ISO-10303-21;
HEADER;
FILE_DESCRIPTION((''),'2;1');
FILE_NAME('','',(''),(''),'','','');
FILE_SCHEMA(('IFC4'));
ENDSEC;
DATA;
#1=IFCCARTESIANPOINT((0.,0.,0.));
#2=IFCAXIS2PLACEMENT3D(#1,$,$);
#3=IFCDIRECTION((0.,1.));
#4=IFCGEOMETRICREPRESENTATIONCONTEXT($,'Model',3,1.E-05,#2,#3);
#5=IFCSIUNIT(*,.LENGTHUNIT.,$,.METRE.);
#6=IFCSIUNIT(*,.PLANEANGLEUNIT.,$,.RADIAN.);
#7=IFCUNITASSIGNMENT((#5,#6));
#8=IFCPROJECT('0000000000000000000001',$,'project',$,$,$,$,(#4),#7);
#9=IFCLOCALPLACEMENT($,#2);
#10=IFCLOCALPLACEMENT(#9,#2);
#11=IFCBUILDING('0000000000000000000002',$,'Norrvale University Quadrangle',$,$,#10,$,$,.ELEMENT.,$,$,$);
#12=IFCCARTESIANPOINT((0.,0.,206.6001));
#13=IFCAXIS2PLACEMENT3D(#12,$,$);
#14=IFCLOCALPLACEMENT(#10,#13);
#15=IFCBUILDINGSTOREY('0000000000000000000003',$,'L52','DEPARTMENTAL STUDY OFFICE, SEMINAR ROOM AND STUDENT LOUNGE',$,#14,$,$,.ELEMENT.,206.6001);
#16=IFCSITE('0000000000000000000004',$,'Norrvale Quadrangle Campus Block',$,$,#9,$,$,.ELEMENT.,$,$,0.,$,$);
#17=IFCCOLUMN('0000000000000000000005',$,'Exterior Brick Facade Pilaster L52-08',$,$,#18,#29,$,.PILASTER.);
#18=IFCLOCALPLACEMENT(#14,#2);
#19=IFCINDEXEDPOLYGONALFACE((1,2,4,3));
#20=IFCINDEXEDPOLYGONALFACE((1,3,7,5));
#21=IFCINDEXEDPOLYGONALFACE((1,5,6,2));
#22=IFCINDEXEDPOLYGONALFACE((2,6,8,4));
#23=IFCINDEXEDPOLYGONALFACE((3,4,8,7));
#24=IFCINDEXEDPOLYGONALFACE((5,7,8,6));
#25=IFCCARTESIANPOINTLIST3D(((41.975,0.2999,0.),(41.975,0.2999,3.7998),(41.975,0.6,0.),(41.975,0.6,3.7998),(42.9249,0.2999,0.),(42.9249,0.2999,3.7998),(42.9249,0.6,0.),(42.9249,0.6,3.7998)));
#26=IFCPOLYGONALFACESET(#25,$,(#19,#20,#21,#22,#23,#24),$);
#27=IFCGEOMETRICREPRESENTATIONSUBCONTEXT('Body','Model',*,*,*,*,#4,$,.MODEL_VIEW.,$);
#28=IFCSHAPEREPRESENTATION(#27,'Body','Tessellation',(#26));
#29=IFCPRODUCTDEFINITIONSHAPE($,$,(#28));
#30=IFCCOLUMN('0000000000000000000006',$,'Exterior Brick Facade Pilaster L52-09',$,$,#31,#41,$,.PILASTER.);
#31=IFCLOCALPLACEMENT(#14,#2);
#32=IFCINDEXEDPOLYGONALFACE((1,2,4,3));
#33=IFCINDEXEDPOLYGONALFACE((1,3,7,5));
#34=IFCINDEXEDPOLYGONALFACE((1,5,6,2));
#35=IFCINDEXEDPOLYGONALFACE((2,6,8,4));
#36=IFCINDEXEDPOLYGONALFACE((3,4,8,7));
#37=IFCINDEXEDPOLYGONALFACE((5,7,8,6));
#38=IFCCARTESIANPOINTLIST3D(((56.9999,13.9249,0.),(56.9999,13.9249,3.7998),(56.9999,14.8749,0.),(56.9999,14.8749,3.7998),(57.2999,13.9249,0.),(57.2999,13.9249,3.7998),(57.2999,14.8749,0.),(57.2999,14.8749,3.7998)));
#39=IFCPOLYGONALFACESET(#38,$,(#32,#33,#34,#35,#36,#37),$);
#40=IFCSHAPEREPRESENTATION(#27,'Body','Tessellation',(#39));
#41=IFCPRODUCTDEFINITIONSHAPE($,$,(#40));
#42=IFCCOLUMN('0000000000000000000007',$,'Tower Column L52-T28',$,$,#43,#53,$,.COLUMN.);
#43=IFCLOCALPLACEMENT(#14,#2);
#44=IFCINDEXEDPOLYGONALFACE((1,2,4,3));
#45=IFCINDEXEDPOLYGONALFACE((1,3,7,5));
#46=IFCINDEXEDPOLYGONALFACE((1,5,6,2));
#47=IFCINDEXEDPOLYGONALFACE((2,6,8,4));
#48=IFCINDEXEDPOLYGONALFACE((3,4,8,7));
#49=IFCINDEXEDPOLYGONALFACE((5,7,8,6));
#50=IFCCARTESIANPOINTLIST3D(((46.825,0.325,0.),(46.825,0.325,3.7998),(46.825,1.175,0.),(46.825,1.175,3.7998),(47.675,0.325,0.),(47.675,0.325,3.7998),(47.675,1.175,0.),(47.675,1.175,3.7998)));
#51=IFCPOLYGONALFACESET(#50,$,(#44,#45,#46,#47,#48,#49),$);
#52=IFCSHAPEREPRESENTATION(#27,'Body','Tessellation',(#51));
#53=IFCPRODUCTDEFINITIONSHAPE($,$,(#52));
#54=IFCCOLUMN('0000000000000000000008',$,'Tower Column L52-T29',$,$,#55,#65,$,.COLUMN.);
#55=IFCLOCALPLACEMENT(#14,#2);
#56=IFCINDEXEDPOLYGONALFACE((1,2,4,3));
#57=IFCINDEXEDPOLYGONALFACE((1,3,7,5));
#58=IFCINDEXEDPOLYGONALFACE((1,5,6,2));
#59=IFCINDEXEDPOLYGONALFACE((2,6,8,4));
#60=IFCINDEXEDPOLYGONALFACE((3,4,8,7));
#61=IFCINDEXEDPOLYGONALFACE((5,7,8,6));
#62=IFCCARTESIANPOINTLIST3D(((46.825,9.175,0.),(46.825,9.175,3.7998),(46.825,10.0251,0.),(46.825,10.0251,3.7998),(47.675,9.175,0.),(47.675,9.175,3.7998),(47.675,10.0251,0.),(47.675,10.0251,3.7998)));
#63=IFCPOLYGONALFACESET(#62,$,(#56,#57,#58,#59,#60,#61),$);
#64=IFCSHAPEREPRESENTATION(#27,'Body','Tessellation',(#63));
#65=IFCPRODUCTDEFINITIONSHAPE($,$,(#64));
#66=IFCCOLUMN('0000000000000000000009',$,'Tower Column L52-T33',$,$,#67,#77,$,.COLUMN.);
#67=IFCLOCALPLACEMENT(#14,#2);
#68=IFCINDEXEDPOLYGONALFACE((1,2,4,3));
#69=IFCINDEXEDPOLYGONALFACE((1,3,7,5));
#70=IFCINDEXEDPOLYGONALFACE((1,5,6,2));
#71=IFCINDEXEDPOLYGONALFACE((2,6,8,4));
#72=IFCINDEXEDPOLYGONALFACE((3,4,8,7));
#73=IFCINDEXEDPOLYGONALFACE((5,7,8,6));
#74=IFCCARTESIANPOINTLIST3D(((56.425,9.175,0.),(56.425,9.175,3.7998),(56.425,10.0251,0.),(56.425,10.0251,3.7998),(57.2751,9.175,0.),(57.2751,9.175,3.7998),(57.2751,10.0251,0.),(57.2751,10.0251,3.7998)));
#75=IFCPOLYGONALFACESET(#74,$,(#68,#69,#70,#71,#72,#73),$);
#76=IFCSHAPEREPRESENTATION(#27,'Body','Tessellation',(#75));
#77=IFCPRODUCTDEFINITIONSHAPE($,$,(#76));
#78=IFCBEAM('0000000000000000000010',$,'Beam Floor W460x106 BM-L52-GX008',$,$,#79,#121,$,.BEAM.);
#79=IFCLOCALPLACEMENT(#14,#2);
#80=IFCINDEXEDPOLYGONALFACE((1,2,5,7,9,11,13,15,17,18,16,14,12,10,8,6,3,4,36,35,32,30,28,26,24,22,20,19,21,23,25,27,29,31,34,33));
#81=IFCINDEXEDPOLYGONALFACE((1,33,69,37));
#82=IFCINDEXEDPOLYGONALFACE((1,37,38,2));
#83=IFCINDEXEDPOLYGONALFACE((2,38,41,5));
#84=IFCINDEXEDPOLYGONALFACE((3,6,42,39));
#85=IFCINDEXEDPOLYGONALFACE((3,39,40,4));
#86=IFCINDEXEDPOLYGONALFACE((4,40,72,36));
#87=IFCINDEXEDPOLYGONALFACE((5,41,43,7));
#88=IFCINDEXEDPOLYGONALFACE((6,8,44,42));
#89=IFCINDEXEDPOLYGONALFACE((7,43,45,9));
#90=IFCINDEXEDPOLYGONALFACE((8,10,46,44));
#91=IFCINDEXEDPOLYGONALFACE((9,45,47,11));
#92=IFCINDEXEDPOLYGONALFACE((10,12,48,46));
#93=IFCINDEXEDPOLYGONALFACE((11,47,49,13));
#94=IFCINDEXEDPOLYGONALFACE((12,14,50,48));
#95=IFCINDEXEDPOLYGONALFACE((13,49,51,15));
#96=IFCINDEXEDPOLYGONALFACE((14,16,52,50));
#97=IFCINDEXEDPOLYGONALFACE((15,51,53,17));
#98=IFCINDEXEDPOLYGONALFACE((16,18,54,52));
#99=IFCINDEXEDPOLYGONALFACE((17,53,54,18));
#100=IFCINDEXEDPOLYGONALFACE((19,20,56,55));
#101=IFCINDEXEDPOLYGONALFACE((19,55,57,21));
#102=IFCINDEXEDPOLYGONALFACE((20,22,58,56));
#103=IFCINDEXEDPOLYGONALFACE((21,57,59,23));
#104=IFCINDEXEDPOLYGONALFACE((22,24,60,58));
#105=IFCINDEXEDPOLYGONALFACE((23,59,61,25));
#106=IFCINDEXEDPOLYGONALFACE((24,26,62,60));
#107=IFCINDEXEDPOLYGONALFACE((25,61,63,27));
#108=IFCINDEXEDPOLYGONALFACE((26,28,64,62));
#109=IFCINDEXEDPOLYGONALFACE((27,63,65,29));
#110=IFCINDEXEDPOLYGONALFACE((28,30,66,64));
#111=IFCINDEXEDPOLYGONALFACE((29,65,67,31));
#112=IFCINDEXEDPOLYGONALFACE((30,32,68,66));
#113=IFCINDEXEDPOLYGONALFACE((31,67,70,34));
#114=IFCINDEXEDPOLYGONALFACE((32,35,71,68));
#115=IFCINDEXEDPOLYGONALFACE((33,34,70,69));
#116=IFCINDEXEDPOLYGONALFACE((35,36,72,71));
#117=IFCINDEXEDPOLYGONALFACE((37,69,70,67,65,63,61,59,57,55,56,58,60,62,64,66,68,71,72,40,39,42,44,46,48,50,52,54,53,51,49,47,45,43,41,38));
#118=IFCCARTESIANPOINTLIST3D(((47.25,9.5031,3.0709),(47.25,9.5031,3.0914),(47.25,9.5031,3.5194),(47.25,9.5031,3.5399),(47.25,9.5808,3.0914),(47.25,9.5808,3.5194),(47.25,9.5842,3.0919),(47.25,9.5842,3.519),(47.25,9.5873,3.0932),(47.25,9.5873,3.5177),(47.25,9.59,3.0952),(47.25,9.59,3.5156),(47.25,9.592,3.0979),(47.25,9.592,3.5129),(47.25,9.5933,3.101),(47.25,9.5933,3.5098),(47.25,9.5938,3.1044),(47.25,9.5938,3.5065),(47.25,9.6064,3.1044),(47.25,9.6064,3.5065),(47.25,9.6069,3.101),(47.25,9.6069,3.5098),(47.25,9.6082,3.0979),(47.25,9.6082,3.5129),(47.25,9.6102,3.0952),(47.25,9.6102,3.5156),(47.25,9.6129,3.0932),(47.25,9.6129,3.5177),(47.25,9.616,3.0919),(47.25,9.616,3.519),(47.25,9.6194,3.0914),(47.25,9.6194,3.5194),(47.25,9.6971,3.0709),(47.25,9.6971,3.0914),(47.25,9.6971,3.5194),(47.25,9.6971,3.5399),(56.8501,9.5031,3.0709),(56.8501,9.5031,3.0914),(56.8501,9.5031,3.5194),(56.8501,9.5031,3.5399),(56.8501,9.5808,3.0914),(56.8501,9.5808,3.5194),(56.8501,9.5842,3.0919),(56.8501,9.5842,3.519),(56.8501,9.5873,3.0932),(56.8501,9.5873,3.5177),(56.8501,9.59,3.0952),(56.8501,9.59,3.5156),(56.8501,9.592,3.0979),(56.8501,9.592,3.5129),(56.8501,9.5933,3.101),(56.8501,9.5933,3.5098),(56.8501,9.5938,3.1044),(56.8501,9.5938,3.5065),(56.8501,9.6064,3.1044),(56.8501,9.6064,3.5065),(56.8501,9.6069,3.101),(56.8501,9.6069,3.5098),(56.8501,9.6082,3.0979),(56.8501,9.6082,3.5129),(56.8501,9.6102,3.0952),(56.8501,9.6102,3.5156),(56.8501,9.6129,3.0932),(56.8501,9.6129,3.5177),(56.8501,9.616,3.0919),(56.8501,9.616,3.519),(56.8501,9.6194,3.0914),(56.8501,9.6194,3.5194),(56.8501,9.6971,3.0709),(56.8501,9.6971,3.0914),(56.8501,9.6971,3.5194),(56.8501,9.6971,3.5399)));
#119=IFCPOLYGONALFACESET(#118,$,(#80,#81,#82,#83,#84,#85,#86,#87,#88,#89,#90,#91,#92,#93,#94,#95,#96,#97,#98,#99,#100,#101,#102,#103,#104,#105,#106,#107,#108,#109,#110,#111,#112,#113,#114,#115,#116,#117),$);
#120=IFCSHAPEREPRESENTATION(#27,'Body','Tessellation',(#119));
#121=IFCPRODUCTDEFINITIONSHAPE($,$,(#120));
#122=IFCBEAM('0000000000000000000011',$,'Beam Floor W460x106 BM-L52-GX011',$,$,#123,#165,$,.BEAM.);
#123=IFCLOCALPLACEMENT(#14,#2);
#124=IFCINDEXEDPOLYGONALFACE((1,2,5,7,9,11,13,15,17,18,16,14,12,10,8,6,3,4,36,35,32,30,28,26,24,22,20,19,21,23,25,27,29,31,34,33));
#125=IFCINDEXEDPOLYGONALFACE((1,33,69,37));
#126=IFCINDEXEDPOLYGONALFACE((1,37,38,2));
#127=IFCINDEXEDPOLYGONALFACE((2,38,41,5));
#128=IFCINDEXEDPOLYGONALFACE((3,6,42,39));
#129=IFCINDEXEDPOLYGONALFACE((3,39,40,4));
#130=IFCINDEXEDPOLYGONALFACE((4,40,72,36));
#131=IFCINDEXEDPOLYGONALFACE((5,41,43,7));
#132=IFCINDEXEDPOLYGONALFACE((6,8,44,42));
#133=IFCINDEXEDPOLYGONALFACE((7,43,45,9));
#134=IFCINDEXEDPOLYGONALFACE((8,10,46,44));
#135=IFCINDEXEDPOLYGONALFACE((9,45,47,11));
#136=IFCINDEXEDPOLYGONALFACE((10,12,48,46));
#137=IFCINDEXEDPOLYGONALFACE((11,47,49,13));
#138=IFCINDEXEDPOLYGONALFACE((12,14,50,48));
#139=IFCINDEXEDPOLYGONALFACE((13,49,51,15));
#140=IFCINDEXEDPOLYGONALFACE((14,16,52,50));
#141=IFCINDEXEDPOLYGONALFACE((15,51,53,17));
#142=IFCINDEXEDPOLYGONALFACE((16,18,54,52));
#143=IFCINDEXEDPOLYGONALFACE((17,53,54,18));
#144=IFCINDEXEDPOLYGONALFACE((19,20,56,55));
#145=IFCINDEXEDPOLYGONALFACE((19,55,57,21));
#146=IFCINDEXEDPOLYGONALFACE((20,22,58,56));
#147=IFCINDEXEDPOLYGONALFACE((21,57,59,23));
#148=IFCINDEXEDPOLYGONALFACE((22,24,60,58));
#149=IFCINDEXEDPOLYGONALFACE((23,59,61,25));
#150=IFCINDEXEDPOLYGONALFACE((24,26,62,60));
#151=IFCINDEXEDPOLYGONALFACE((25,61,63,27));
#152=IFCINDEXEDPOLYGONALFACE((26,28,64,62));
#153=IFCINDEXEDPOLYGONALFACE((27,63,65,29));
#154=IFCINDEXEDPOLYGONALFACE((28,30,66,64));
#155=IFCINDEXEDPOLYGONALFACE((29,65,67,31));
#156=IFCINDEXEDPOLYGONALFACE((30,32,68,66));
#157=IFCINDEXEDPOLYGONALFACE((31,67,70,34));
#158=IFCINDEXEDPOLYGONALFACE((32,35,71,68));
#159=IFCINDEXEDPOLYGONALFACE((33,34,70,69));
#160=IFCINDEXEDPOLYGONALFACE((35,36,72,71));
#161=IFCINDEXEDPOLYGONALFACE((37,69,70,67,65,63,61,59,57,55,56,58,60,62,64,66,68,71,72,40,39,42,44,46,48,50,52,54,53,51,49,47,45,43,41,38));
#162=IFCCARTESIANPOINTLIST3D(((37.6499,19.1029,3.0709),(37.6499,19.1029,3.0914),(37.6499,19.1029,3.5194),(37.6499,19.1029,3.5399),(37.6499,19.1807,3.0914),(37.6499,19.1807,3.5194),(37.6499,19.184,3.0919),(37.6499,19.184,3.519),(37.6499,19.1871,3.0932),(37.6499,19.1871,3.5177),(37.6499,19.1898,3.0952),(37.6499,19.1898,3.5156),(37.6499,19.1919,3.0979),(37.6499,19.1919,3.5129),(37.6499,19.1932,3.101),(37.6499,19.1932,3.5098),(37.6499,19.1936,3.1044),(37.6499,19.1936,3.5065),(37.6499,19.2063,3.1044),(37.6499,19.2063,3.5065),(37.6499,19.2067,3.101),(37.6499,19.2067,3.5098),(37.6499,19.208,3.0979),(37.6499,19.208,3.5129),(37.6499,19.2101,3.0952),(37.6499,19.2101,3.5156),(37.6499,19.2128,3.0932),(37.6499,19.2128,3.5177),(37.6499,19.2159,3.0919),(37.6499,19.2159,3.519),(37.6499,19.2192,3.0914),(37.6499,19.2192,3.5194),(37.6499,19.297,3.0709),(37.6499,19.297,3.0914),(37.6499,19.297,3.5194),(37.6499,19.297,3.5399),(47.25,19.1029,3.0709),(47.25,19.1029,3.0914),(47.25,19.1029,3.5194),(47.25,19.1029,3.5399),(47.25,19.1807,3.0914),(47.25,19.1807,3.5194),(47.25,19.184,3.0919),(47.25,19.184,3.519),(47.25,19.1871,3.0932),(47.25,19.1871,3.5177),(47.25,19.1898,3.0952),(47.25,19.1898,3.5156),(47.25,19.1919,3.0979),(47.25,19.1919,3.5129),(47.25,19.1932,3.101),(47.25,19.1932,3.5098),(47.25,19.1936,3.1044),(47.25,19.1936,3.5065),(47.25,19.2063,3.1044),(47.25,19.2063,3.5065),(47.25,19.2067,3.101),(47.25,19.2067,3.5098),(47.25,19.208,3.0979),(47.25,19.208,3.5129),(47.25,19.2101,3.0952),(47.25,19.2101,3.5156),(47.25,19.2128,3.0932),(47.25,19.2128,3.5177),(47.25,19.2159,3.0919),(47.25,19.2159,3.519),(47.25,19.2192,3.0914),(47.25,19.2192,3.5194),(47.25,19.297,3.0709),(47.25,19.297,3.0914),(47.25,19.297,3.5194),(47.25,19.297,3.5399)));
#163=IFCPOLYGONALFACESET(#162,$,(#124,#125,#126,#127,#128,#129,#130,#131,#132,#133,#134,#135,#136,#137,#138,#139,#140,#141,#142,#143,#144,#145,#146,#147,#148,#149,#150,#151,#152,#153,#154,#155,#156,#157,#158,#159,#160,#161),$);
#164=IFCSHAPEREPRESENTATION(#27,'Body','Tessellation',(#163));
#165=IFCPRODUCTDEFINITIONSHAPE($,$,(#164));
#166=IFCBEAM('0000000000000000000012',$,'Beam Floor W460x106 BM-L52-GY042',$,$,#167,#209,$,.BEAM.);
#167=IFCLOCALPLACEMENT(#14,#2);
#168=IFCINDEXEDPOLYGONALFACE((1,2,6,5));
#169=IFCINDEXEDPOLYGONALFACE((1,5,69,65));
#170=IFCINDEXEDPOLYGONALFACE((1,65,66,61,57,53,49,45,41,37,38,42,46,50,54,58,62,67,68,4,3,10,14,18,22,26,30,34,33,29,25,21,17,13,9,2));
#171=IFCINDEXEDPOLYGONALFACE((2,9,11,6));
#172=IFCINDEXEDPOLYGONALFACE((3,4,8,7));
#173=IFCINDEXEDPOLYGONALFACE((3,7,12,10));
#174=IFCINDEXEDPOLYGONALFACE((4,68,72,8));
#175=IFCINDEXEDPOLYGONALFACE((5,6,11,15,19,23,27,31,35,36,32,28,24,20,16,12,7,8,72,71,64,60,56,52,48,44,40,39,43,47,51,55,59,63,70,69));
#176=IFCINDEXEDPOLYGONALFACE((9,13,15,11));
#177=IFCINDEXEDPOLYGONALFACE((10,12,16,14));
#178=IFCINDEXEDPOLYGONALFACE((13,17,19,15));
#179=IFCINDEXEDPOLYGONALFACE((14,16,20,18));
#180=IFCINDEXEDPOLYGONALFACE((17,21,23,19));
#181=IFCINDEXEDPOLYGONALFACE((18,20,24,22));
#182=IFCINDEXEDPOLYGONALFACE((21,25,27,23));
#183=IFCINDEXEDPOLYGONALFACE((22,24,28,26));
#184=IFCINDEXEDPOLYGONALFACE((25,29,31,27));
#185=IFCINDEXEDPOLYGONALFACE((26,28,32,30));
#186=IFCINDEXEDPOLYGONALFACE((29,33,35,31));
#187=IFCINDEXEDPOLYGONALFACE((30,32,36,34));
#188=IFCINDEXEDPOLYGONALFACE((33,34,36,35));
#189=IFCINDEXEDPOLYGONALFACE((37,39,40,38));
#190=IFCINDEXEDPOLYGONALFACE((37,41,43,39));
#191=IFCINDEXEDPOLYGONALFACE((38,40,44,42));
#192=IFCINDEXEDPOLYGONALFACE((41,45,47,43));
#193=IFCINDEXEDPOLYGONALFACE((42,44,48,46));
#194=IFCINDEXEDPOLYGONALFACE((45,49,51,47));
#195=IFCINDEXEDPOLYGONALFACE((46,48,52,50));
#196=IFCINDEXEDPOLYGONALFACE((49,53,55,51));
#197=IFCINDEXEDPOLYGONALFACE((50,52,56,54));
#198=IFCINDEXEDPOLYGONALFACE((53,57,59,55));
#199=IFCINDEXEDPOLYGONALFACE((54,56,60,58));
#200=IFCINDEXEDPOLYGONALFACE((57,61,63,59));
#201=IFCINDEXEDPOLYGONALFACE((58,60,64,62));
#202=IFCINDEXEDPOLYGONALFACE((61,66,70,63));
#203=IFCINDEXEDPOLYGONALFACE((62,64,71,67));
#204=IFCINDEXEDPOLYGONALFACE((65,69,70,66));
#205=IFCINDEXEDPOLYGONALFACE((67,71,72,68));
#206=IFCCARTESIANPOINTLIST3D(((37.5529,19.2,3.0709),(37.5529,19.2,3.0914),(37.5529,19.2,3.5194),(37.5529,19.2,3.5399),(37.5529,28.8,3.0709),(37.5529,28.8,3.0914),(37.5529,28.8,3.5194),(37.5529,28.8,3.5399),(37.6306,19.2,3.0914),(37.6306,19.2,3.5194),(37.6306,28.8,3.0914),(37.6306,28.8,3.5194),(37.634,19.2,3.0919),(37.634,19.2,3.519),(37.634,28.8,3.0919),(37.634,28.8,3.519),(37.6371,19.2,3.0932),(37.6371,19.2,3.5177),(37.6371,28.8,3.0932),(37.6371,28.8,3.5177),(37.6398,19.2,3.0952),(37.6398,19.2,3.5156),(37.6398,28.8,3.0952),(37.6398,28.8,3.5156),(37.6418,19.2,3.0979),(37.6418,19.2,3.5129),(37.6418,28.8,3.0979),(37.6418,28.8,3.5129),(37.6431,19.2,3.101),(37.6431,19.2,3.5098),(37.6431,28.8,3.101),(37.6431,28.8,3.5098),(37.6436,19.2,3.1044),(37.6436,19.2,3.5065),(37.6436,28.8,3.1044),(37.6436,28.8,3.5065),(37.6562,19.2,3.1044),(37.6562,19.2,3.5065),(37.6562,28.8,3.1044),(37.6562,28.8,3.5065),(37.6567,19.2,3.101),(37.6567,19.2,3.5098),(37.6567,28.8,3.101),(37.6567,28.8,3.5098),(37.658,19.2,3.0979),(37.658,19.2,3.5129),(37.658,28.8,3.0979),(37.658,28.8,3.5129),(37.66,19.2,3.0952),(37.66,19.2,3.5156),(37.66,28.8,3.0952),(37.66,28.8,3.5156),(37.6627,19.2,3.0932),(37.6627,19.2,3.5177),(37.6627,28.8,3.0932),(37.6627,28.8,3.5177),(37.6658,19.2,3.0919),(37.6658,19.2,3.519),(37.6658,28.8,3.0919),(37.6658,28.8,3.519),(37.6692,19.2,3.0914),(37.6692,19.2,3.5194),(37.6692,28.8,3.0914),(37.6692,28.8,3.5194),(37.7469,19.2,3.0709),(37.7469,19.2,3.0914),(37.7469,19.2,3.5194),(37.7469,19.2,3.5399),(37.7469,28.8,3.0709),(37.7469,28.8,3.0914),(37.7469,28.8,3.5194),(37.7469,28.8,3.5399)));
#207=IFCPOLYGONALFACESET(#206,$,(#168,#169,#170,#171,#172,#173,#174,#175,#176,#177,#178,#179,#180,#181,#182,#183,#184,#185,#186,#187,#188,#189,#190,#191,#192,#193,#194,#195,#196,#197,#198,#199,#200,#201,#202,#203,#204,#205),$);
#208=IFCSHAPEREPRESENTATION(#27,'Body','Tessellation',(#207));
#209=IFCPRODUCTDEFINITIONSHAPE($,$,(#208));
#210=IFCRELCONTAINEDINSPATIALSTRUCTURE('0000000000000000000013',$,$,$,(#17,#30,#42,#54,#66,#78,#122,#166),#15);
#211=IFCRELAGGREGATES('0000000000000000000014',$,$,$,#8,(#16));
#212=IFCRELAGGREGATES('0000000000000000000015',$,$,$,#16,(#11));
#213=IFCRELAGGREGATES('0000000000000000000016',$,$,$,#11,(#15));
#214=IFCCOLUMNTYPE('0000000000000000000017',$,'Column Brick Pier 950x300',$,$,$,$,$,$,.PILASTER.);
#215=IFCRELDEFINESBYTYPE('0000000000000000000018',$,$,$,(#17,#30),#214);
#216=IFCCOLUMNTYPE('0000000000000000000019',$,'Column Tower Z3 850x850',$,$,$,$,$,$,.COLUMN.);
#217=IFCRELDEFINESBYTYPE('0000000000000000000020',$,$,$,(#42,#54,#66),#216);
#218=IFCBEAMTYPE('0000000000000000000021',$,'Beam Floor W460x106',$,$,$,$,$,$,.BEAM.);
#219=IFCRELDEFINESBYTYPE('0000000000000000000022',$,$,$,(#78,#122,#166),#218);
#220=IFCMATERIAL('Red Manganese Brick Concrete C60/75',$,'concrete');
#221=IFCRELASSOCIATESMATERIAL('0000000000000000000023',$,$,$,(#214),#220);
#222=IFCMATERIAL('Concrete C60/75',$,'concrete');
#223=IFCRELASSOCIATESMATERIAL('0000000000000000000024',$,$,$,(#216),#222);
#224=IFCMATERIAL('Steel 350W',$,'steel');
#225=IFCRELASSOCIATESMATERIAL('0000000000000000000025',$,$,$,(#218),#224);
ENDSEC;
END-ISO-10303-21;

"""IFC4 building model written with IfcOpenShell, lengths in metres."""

from ifc_helpers import new_model, si_unit, direction, frame, origin, origin_2d, place, context, subcontext, project, spatial, rectangle, i_section, extrude, material, material_profile, profile_set, type_object, element, save


model = new_model("IFC4")

# Units and contexts
model_context = context("Model", 3, precision=1e-05, world=origin(), true_north=direction((0.0, 1.0)))
body_context = subcontext(model_context, "Body", "Model", "MODEL_VIEW")
ifc_project = project(units=[si_unit("LENGTHUNIT", "METRE"), si_unit("PLANEANGLEUNIT", "RADIAN")], contexts=[model_context])

# Site, building, storey
site_placement = place(None, origin())
site = spatial("IfcSite", under=ifc_project, at=site_placement, Name="Norrvale Quadrangle Campus Block", CompositionType="ELEMENT", RefElevation=0.0)
building_placement = place(site_placement, origin())
building = spatial("IfcBuilding", under=site, at=building_placement, Name="Norrvale University Quadrangle", CompositionType="ELEMENT")
storey_placement = place(building_placement, frame((0.0, 0.0, 206.6001)))
storey = spatial("IfcBuildingStorey", under=building, at=storey_placement, Name="L52", Description="DEPARTMENTAL STUDY OFFICE, SEMINAR ROOM AND STUDENT LOUNGE", CompositionType="ELEMENT", Elevation=206.6001)

# Columns
ifc_material_1 = material(Name="Red Manganese Brick Concrete C60/75", Category="concrete")
ifc_material_profile_1 = material_profile(ifc_material_1, rectangle(XDim=0.95, YDim=0.3, at=origin_2d()), Name="Red Manganese Brick Concrete C60/75")
ifc_profile_set_1 = profile_set([ifc_material_profile_1], Name="Red Manganese Brick Concrete C60/75")
column_type_1 = type_object("IfcColumnType", Name="Column Brick Pier 950x300", PredefinedType="PILASTER", material=ifc_profile_set_1)
for number, where, z_axis, x_axis, name in (
    (1, (42.45, 0.45, 0.0), (0.0, 0.0, 1.0), (1.0, 0.0, 0.0), "Exterior Brick Facade Pilaster L52-08"),
    (2, (57.1499, 14.3999, 0.0), (0.0, 0.0, 1.0), (0.0, 1.0, 0.0), "Exterior Brick Facade Pilaster L52-09"),
):
    element("IfcColumn", number, at=place(storey_placement, frame(where, z_axis=z_axis, x_axis=x_axis)), inside=storey, type_object=column_type_1, Name=name, PredefinedType="PILASTER", context=body_context, shape_type="SweptSolid", body=[
        extrude(rectangle(XDim=0.95, YDim=0.3, at=origin_2d()), origin(), (0.0, 0.0, 1.0), 3.7998),
    ])
ifc_material_2 = material(Name="Concrete C60/75", Category="concrete")
ifc_material_profile_2 = material_profile(ifc_material_2, rectangle(XDim=0.8501, YDim=0.8501, at=origin_2d()), Name="Concrete C60/75")
ifc_profile_set_2 = profile_set([ifc_material_profile_2], Name="Concrete C60/75")
column_type_2 = type_object("IfcColumnType", Name="Column Tower Z3 850x850", PredefinedType="COLUMN", material=ifc_profile_set_2)
for number, where, z_axis, x_axis, name in (
    (3, (47.25, 0.75, 0.0), (0.0, 0.0, 1.0), (1.0, 0.0, 0.0), "Tower Column L52-T28"),
    (4, (47.25, 9.6001, 0.0), (0.0, 0.0, 1.0), (1.0, 0.0, 0.0), "Tower Column L52-T29"),
    (5, (56.8501, 9.6001, 0.0), (0.0, 0.0, 1.0), (1.0, 0.0, 0.0), "Tower Column L52-T33"),
):
    element("IfcColumn", number, at=place(storey_placement, frame(where, z_axis=z_axis, x_axis=x_axis)), inside=storey, type_object=column_type_2, Name=name, PredefinedType="COLUMN", context=body_context, shape_type="SweptSolid", body=[
        extrude(rectangle(XDim=0.8501, YDim=0.8501, at=origin_2d()), origin(), (0.0, 0.0, 1.0), 3.7998),
    ])

# Beams
ifc_material_3 = material(Name="Steel 350W", Category="steel")
ifc_material_profile_3 = material_profile(ifc_material_3, i_section(OverallWidth=0.1941, OverallDepth=0.469, WebThickness=0.0127, FlangeThickness=0.0205, FilletRadius=0.0129, at=origin_2d()), Name="Steel 350W")
ifc_profile_set_3 = profile_set([ifc_material_profile_3], Name="Steel 350W")
beam_type_1 = type_object("IfcBeamType", Name="Beam Floor W460x106", PredefinedType="BEAM", material=ifc_profile_set_3)
for number, where, z_axis, x_axis, name in (
    (6, (47.25, 9.6001, 3.3054), (1.0, 0.0, 0.0), (0.0, 1.0, 0.0), "Beam Floor W460x106 BM-L52-GX008"),
    (7, (37.6499, 19.2, 3.3054), (1.0, 0.0, 0.0), (0.0, 1.0, 0.0), "Beam Floor W460x106 BM-L52-GX011"),
    (8, (37.6499, 19.2, 3.3054), (0.0, 1.0, 0.0), (-1.0, 0.0, 0.0), "Beam Floor W460x106 BM-L52-GY042"),
):
    element("IfcBeam", number, at=place(storey_placement, frame(where, z_axis=z_axis, x_axis=x_axis)), inside=storey, type_object=beam_type_1, Name=name, PredefinedType="BEAM", context=body_context, shape_type="SweptSolid", body=[
        extrude(i_section(OverallWidth=0.1941, OverallDepth=0.469, WebThickness=0.0127, FlangeThickness=0.0205, FilletRadius=0.0129, at=origin_2d()), origin(), (0.0, 0.0, 1.0), 9.6001),
    ])

save(model, "model.ifc")
